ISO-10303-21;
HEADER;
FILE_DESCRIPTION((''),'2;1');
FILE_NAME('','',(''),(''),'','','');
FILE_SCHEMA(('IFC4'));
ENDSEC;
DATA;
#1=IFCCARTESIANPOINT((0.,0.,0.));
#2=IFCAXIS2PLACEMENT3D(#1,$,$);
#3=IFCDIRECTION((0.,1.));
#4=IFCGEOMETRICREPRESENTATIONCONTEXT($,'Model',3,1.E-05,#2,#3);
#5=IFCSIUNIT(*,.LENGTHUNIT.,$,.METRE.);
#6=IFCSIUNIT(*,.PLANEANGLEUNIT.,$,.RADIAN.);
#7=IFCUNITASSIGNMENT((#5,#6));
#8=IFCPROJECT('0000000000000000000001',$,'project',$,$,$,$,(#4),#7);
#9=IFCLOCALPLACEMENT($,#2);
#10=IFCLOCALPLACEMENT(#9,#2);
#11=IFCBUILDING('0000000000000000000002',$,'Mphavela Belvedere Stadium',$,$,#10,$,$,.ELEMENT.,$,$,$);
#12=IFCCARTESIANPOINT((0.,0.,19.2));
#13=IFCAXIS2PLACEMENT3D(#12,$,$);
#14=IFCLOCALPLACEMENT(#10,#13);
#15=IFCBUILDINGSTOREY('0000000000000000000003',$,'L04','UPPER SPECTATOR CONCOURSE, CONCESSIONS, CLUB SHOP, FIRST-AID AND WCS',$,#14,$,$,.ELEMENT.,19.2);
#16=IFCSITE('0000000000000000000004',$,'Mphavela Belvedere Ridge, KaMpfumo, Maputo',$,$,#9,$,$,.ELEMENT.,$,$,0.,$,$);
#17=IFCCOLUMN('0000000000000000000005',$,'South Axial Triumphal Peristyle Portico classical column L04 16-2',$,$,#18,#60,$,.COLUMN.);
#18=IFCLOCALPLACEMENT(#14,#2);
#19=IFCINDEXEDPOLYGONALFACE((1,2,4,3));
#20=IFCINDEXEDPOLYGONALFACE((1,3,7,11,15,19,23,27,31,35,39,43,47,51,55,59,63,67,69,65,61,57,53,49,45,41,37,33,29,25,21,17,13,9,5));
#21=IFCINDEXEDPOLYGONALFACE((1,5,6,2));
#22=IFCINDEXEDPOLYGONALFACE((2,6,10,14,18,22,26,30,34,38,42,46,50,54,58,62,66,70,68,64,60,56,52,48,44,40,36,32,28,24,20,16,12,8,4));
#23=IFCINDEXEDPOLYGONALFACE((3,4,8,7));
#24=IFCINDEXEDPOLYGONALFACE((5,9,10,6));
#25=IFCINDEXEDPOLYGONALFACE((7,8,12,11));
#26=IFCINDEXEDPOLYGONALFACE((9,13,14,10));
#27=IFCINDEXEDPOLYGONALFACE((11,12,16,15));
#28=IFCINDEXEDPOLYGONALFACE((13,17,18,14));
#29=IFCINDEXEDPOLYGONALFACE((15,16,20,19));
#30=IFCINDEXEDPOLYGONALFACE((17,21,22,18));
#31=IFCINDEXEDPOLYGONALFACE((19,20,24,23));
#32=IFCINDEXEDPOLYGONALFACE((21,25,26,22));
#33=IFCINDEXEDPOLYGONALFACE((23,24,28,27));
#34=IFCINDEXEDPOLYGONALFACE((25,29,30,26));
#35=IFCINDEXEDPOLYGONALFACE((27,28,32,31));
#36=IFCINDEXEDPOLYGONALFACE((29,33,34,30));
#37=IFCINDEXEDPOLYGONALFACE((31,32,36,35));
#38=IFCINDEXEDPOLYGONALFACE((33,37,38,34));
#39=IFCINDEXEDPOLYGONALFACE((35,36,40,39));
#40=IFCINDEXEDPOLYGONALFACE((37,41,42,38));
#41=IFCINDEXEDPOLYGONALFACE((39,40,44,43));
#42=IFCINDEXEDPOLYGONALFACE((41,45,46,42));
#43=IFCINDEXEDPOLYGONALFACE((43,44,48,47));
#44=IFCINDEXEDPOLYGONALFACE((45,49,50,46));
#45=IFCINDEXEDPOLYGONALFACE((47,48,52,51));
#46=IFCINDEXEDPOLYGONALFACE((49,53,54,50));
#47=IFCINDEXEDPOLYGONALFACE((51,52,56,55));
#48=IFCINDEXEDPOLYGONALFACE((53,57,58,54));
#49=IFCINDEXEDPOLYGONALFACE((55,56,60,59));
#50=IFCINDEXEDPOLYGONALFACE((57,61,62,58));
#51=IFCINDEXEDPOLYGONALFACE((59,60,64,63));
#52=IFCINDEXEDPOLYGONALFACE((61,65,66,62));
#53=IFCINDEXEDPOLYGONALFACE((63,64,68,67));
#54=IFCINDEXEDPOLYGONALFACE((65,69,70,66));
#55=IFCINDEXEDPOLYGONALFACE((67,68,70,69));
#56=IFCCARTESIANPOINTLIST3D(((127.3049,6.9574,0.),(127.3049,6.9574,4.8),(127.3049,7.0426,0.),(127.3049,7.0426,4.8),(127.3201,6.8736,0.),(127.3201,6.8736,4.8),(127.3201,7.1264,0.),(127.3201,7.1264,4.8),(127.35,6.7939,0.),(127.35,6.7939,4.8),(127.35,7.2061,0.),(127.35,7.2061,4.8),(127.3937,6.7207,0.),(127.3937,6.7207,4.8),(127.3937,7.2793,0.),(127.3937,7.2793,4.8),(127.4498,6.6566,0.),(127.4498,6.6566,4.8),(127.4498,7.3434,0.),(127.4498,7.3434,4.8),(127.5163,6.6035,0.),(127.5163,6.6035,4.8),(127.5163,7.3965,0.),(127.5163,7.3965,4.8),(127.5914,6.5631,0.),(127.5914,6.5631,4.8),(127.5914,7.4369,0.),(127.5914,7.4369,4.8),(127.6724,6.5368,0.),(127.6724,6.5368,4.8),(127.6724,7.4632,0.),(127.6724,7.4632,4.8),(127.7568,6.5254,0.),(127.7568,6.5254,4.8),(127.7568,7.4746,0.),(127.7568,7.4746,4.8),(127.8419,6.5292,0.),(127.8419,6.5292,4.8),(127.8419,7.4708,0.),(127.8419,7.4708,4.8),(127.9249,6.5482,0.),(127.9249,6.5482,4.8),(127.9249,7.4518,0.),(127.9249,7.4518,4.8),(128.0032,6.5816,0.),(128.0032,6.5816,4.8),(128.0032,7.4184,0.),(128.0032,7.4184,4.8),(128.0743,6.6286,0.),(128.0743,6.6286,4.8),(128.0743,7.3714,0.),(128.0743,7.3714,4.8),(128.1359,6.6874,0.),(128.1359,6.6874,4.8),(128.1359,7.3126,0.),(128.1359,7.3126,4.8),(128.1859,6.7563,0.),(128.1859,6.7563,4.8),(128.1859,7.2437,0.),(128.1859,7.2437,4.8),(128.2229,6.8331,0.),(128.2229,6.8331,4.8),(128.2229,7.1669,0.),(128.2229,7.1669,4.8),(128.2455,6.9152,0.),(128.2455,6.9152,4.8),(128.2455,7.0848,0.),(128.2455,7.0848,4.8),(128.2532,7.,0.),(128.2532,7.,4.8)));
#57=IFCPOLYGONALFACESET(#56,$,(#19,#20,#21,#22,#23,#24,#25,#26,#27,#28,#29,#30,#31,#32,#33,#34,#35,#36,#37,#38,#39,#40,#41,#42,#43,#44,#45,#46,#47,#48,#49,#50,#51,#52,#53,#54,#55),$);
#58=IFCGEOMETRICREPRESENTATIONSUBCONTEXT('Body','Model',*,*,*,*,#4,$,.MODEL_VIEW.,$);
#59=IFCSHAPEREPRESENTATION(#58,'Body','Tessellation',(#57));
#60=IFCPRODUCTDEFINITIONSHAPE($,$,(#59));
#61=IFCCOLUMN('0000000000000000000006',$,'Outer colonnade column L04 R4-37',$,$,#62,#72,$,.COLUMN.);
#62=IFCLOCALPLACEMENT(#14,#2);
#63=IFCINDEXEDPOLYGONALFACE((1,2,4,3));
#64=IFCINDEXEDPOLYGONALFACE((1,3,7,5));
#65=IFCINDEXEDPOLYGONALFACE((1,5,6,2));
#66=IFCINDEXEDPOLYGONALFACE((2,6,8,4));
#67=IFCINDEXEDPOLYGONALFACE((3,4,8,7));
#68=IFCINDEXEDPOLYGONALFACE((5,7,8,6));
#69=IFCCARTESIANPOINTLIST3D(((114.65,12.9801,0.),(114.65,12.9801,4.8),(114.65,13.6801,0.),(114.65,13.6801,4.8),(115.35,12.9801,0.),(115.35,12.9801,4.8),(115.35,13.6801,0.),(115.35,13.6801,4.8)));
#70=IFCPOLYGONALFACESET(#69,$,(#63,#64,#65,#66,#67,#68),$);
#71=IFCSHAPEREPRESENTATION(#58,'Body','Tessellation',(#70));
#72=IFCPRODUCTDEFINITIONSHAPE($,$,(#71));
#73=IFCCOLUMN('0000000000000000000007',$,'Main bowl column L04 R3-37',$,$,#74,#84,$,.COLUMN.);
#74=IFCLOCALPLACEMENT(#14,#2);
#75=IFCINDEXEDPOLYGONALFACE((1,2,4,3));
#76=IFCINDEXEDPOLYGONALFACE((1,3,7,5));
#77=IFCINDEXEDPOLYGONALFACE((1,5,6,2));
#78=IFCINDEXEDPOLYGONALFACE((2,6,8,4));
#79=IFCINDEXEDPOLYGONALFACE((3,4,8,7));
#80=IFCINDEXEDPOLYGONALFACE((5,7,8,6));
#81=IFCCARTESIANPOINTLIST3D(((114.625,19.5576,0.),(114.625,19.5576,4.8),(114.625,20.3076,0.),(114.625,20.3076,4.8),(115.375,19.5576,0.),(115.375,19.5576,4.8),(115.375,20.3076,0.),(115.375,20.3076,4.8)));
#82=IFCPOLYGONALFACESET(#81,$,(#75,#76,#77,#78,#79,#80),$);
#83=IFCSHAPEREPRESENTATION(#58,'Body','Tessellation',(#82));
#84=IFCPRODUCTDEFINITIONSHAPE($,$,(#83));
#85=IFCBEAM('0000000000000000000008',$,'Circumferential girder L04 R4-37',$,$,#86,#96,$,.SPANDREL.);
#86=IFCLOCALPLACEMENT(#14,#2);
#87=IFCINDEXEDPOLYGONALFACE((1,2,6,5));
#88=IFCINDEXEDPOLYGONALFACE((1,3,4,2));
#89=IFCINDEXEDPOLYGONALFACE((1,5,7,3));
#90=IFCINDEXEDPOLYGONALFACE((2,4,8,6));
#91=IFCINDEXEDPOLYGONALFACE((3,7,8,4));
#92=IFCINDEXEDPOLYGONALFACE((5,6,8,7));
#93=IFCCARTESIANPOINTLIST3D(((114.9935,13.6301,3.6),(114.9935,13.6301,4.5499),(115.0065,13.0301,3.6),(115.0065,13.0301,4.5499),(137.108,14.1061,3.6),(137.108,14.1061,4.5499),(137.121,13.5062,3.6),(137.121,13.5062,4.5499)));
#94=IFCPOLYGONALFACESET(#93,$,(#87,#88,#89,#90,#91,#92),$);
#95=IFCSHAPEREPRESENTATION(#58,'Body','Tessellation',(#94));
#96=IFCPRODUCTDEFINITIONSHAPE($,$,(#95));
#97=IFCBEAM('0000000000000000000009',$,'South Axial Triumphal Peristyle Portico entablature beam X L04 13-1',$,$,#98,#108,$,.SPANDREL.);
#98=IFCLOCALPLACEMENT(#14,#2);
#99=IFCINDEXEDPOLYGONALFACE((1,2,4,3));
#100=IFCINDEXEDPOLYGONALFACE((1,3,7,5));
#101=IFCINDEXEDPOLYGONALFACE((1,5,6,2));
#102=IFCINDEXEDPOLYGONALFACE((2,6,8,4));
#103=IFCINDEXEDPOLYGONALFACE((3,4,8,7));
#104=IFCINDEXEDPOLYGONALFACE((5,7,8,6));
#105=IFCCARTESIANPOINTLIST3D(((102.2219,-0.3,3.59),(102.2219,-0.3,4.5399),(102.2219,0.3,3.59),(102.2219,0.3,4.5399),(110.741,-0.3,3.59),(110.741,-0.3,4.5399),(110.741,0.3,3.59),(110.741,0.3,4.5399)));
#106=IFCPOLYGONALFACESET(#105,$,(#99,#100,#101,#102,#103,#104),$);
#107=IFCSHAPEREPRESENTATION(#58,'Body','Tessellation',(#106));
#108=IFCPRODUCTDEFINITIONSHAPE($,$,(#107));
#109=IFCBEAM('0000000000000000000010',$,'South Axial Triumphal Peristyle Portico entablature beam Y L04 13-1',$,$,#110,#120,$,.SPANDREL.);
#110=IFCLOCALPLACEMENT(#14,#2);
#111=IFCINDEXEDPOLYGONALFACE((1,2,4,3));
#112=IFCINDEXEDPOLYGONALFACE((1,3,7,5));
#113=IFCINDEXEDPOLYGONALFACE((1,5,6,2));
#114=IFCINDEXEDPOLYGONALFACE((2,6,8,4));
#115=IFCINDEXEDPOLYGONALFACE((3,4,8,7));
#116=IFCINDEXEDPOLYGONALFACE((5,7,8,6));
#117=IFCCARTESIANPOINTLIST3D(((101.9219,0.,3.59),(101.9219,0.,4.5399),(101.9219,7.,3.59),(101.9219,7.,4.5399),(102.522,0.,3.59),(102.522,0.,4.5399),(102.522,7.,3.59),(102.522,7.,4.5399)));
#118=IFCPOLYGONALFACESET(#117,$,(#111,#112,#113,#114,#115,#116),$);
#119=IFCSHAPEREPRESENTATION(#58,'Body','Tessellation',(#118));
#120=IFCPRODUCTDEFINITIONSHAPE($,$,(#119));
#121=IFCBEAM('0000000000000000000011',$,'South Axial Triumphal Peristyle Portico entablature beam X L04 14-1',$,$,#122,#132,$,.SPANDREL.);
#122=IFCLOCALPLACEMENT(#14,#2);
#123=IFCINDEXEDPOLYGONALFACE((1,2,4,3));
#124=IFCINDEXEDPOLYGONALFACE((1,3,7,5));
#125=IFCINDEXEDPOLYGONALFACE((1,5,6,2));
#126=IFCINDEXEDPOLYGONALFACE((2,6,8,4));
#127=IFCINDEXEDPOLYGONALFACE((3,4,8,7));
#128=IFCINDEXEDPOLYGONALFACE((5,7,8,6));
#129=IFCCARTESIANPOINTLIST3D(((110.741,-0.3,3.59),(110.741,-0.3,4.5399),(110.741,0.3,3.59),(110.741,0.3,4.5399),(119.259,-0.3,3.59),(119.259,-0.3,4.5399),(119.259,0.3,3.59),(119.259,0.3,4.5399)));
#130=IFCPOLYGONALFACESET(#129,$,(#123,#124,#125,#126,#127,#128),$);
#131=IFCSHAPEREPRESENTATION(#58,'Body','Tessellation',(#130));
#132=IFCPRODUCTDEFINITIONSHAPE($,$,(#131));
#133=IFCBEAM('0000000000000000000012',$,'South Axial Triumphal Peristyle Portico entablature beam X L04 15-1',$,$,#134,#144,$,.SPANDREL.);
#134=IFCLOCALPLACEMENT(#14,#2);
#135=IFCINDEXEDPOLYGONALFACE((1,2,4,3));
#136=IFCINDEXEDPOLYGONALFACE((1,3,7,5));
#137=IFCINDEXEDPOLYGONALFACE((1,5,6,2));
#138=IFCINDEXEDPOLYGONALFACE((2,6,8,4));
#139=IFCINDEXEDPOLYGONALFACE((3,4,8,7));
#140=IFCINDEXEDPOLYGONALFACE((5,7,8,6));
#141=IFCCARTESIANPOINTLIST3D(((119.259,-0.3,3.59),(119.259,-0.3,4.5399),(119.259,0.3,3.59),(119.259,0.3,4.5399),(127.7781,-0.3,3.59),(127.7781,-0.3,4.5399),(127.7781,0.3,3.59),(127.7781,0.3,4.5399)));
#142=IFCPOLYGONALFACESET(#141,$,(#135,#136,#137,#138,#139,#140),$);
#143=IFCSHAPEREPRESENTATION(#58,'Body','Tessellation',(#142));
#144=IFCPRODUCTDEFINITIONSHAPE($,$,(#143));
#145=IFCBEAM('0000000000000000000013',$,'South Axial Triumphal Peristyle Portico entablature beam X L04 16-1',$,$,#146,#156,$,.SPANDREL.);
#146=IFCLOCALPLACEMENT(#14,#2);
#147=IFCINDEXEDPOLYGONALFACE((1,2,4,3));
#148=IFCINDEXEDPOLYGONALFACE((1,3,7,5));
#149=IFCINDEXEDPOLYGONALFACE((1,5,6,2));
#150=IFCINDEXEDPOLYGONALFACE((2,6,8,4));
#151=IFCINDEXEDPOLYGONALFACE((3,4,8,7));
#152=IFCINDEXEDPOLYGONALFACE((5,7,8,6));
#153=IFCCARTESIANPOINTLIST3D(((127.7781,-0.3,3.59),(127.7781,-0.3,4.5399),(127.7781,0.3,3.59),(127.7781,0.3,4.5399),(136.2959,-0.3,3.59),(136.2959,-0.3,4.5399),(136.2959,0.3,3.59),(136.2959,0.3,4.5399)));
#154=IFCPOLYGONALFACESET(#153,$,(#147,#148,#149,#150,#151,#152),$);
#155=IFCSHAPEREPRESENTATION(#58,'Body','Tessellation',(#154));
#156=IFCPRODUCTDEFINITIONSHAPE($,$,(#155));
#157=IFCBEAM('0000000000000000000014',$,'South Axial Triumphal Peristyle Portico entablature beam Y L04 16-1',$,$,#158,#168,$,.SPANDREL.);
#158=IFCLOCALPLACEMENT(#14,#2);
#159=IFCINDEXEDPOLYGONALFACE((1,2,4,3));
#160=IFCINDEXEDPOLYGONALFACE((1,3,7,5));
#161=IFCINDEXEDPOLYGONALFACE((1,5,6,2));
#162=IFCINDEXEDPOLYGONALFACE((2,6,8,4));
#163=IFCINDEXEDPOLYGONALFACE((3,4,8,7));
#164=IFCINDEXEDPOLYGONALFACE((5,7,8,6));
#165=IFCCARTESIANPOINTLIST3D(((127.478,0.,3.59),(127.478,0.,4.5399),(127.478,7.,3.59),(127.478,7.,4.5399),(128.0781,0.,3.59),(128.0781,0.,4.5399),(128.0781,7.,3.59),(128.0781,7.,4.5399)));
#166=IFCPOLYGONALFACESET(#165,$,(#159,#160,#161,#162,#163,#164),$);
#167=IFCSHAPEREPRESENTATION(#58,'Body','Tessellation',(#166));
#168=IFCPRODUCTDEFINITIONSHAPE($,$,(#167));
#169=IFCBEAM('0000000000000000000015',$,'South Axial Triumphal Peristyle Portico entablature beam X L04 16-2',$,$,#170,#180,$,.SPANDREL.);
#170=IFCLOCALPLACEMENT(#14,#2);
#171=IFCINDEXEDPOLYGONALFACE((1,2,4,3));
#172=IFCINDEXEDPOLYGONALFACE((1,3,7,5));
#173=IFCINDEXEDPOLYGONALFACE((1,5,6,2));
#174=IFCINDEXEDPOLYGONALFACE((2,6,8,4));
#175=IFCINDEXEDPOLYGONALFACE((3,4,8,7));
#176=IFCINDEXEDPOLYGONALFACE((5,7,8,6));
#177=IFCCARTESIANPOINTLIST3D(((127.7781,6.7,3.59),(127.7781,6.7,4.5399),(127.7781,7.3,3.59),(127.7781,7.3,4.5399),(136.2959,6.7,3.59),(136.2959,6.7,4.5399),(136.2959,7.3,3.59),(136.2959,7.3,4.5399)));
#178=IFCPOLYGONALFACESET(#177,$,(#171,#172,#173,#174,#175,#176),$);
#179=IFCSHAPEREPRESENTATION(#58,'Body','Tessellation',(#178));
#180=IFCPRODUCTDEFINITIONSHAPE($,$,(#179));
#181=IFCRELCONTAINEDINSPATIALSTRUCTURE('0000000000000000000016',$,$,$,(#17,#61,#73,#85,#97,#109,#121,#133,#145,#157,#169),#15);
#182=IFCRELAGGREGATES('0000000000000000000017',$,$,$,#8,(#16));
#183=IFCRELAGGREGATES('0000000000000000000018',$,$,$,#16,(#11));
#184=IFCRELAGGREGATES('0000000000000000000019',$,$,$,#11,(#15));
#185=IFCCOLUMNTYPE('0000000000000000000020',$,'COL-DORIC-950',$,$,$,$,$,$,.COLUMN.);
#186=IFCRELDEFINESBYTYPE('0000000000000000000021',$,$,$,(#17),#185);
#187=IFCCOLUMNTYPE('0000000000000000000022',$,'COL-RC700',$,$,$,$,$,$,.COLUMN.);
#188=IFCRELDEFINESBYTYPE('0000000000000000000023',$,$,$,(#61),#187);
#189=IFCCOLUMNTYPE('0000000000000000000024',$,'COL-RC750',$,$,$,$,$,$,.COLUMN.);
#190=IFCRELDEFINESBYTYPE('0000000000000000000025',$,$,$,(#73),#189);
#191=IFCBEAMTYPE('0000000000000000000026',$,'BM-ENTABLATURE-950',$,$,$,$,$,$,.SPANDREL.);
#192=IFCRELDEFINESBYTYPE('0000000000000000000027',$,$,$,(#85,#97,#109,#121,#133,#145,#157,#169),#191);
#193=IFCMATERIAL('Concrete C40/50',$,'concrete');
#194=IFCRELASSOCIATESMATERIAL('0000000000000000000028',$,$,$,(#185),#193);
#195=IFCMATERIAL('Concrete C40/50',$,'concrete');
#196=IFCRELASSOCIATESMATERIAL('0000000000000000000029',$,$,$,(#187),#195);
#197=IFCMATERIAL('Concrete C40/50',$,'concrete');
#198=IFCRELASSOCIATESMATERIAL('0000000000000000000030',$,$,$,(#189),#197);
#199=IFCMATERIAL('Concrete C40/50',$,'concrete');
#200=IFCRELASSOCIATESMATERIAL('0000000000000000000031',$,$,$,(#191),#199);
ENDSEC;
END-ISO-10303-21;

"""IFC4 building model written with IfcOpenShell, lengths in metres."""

from ifc_helpers import new_model, si_unit, direction, frame, origin, origin_2d, place, context, subcontext, project, spatial, rectangle, circle, extrude, material, material_profile, profile_set, type_object, element, save


model = new_model("IFC4")

# Units and contexts
model_context = context("Model", 3, precision=1e-05, world=origin(), true_north=direction((0.0, 1.0)))
body_context = subcontext(model_context, "Body", "Model", "MODEL_VIEW")
ifc_project = project(units=[si_unit("LENGTHUNIT", "METRE"), si_unit("PLANEANGLEUNIT", "RADIAN")], contexts=[model_context])

# Site, building, storey
site_placement = place(None, origin())
site = spatial("IfcSite", under=ifc_project, at=site_placement, Name="Mphavela Belvedere Ridge, KaMpfumo, Maputo", CompositionType="ELEMENT", RefElevation=0.0)
building_placement = place(site_placement, origin())
building = spatial("IfcBuilding", under=site, at=building_placement, Name="Mphavela Belvedere Stadium", CompositionType="ELEMENT")
storey_placement = place(building_placement, frame((0.0, 0.0, 19.2)))
storey = spatial("IfcBuildingStorey", under=building, at=storey_placement, Name="L04", Description="UPPER SPECTATOR CONCOURSE, CONCESSIONS, CLUB SHOP, FIRST-AID AND WCS", CompositionType="ELEMENT", Elevation=19.2)

# Columns
ifc_material_1 = material(Name="Concrete C40/50", Category="concrete")
ifc_material_profile_1 = material_profile(ifc_material_1, circle(Radius=0.4751, at=origin_2d()), Name="COL D950")
ifc_profile_set_1 = profile_set([ifc_material_profile_1], Name="Concrete C40/50")
column_type_1 = type_object("IfcColumnType", Name="COL-DORIC-950", PredefinedType="COLUMN", material=ifc_profile_set_1)
for number, where, z_axis, x_axis, name in (
    (1, (127.7781, 7.0, 0.0), (0.0, 0.0, 1.0), (1.0, 0.0, 0.0), "South Axial Triumphal Peristyle Portico classical column L04 16-2"),
):
    element("IfcColumn", number, at=place(storey_placement, frame(where, z_axis=z_axis, x_axis=x_axis)), inside=storey, type_object=column_type_1, Name=name, PredefinedType="COLUMN", context=body_context, shape_type="SweptSolid", body=[
        extrude(circle(Radius=0.4751, at=origin_2d()), origin(), (0.0, 0.0, 1.0), 4.8),
    ])
ifc_material_2 = material(Name="Concrete C40/50", Category="concrete")
ifc_material_profile_2 = material_profile(ifc_material_2, rectangle(XDim=0.7, YDim=0.7, at=origin_2d()), Name="RC 700x700")
ifc_profile_set_2 = profile_set([ifc_material_profile_2], Name="Concrete C40/50")
column_type_2 = type_object("IfcColumnType", Name="COL-RC700", PredefinedType="COLUMN", material=ifc_profile_set_2)
column_1_placement = place(storey_placement, frame((115.0, 13.3301, 0.0), z_axis=(0.0, 0.0, 1.0), x_axis=(0.0, -1.0, 0.0)))
element("IfcColumn", 2, at=column_1_placement, inside=storey, type_object=column_type_2, Name="Outer colonnade column L04 R4-37", PredefinedType="COLUMN", context=body_context, shape_type="SweptSolid", body=[
    extrude(rectangle(XDim=0.7, YDim=0.7, at=origin_2d()), origin(), (0.0, 0.0, 1.0), 4.8),
])
ifc_material_3 = material(Name="Concrete C40/50", Category="concrete")
ifc_material_profile_3 = material_profile(ifc_material_3, rectangle(XDim=0.75, YDim=0.75, at=origin_2d()), Name="RC 750x750")
ifc_profile_set_3 = profile_set([ifc_material_profile_3], Name="Concrete C40/50")
column_type_3 = type_object("IfcColumnType", Name="COL-RC750", PredefinedType="COLUMN", material=ifc_profile_set_3)
column_2_placement = place(storey_placement, frame((115.0, 19.9326, 0.0), z_axis=(0.0, 0.0, 1.0), x_axis=(0.0, -1.0, 0.0)))
element("IfcColumn", 3, at=column_2_placement, inside=storey, type_object=column_type_3, Name="Main bowl column L04 R3-37", PredefinedType="COLUMN", context=body_context, shape_type="SweptSolid", body=[
    extrude(rectangle(XDim=0.75, YDim=0.75, at=origin_2d()), origin(), (0.0, 0.0, 1.0), 4.8),
])

# Beams
ifc_material_4 = material(Name="Concrete C40/50", Category="concrete")
ifc_material_profile_4 = material_profile(ifc_material_4, rectangle(XDim=0.6001, YDim=0.95, at=origin_2d()), Name="RC 600x950")
ifc_profile_set_4 = profile_set([ifc_material_profile_4], Name="Concrete C40/50")
beam_type_1 = type_object("IfcBeamType", Name="BM-ENTABLATURE-950", PredefinedType="SPANDREL", material=ifc_profile_set_4)
beam_1_placement = place(storey_placement, frame((115.0, 13.3301, 4.075), z_axis=(0.999768, 0.021523, 0.0), x_axis=(-0.021523, 0.999768, 0.0)))
element("IfcBeam", 4, at=beam_1_placement, inside=storey, type_object=beam_type_1, Name="Circumferential girder L04 R4-37", PredefinedType="SPANDREL", context=body_context, shape_type="SweptSolid", body=[
    extrude(rectangle(XDim=0.6001, YDim=0.95, at=origin_2d()), origin(), (0.0, 0.0, 1.0), 22.1196),
])
beam_2_placement = place(storey_placement, frame((102.2219, 0.0, 4.0649), z_axis=(1.0, 0.0, 0.0), x_axis=(0.0, 1.0, 0.0)))
element("IfcBeam", 5, at=beam_2_placement, inside=storey, type_object=beam_type_1, Name="South Axial Triumphal Peristyle Portico entablature beam X L04 13-1", PredefinedType="SPANDREL", context=body_context, shape_type="SweptSolid", body=[
    extrude(rectangle(XDim=0.6001, YDim=0.95, at=origin_2d()), origin(), (0.0, 0.0, 1.0), 8.519),
])
beam_3_placement = place(storey_placement, frame((102.2219, 0.0, 4.0649), z_axis=(0.0, 1.0, 0.0), x_axis=(-1.0, 0.0, 0.0)))
element("IfcBeam", 6, at=beam_3_placement, inside=storey, type_object=beam_type_1, Name="South Axial Triumphal Peristyle Portico entablature beam Y L04 13-1", PredefinedType="SPANDREL", context=body_context, shape_type="SweptSolid", body=[
    extrude(rectangle(XDim=0.6001, YDim=0.95, at=origin_2d()), origin(), (0.0, 0.0, 1.0), 7.0),
])
beam_4_placement = place(storey_placement, frame((110.741, 0.0, 4.0649), z_axis=(1.0, 0.0, 0.0), x_axis=(0.0, 1.0, 0.0)))
element("IfcBeam", 7, at=beam_4_placement, inside=storey, type_object=beam_type_1, Name="South Axial Triumphal Peristyle Portico entablature beam X L04 14-1", PredefinedType="SPANDREL", context=body_context, shape_type="SweptSolid", body=[
    extrude(rectangle(XDim=0.6001, YDim=0.95, at=origin_2d()), origin(), (0.0, 0.0, 1.0), 8.5181),
])
beam_5_placement = place(storey_placement, frame((119.259, 0.0, 4.0649), z_axis=(1.0, 0.0, 0.0), x_axis=(0.0, 1.0, 0.0)))
element("IfcBeam", 8, at=beam_5_placement, inside=storey, type_object=beam_type_1, Name="South Axial Triumphal Peristyle Portico entablature beam X L04 15-1", PredefinedType="SPANDREL", context=body_context, shape_type="SweptSolid", body=[
    extrude(rectangle(XDim=0.6001, YDim=0.95, at=origin_2d()), origin(), (0.0, 0.0, 1.0), 8.519),
])
beam_6_placement = place(storey_placement, frame((127.7781, 0.0, 4.0649), z_axis=(1.0, 0.0, 0.0), x_axis=(0.0, 1.0, 0.0)))
element("IfcBeam", 9, at=beam_6_placement, inside=storey, type_object=beam_type_1, Name="South Axial Triumphal Peristyle Portico entablature beam X L04 16-1", PredefinedType="SPANDREL", context=body_context, shape_type="SweptSolid", body=[
    extrude(rectangle(XDim=0.6001, YDim=0.95, at=origin_2d()), origin(), (0.0, 0.0, 1.0), 8.5178),
])
beam_7_placement = place(storey_placement, frame((127.7781, 0.0, 4.0649), z_axis=(0.0, 1.0, 0.0), x_axis=(-1.0, 0.0, 0.0)))
element("IfcBeam", 10, at=beam_7_placement, inside=storey, type_object=beam_type_1, Name="South Axial Triumphal Peristyle Portico entablature beam Y L04 16-1", PredefinedType="SPANDREL", context=body_context, shape_type="SweptSolid", body=[
    extrude(rectangle(XDim=0.6001, YDim=0.95, at=origin_2d()), origin(), (0.0, 0.0, 1.0), 7.0),
])
beam_8_placement = place(storey_placement, frame((127.7781, 7.0, 4.0649), z_axis=(1.0, 0.0, 0.0), x_axis=(0.0, 1.0, 0.0)))
element("IfcBeam", 11, at=beam_8_placement, inside=storey, type_object=beam_type_1, Name="South Axial Triumphal Peristyle Portico entablature beam X L04 16-2", PredefinedType="SPANDREL", context=body_context, shape_type="SweptSolid", body=[
    extrude(rectangle(XDim=0.6001, YDim=0.95, at=origin_2d()), origin(), (0.0, 0.0, 1.0), 8.5178),
])

save(model, "model.ifc")
